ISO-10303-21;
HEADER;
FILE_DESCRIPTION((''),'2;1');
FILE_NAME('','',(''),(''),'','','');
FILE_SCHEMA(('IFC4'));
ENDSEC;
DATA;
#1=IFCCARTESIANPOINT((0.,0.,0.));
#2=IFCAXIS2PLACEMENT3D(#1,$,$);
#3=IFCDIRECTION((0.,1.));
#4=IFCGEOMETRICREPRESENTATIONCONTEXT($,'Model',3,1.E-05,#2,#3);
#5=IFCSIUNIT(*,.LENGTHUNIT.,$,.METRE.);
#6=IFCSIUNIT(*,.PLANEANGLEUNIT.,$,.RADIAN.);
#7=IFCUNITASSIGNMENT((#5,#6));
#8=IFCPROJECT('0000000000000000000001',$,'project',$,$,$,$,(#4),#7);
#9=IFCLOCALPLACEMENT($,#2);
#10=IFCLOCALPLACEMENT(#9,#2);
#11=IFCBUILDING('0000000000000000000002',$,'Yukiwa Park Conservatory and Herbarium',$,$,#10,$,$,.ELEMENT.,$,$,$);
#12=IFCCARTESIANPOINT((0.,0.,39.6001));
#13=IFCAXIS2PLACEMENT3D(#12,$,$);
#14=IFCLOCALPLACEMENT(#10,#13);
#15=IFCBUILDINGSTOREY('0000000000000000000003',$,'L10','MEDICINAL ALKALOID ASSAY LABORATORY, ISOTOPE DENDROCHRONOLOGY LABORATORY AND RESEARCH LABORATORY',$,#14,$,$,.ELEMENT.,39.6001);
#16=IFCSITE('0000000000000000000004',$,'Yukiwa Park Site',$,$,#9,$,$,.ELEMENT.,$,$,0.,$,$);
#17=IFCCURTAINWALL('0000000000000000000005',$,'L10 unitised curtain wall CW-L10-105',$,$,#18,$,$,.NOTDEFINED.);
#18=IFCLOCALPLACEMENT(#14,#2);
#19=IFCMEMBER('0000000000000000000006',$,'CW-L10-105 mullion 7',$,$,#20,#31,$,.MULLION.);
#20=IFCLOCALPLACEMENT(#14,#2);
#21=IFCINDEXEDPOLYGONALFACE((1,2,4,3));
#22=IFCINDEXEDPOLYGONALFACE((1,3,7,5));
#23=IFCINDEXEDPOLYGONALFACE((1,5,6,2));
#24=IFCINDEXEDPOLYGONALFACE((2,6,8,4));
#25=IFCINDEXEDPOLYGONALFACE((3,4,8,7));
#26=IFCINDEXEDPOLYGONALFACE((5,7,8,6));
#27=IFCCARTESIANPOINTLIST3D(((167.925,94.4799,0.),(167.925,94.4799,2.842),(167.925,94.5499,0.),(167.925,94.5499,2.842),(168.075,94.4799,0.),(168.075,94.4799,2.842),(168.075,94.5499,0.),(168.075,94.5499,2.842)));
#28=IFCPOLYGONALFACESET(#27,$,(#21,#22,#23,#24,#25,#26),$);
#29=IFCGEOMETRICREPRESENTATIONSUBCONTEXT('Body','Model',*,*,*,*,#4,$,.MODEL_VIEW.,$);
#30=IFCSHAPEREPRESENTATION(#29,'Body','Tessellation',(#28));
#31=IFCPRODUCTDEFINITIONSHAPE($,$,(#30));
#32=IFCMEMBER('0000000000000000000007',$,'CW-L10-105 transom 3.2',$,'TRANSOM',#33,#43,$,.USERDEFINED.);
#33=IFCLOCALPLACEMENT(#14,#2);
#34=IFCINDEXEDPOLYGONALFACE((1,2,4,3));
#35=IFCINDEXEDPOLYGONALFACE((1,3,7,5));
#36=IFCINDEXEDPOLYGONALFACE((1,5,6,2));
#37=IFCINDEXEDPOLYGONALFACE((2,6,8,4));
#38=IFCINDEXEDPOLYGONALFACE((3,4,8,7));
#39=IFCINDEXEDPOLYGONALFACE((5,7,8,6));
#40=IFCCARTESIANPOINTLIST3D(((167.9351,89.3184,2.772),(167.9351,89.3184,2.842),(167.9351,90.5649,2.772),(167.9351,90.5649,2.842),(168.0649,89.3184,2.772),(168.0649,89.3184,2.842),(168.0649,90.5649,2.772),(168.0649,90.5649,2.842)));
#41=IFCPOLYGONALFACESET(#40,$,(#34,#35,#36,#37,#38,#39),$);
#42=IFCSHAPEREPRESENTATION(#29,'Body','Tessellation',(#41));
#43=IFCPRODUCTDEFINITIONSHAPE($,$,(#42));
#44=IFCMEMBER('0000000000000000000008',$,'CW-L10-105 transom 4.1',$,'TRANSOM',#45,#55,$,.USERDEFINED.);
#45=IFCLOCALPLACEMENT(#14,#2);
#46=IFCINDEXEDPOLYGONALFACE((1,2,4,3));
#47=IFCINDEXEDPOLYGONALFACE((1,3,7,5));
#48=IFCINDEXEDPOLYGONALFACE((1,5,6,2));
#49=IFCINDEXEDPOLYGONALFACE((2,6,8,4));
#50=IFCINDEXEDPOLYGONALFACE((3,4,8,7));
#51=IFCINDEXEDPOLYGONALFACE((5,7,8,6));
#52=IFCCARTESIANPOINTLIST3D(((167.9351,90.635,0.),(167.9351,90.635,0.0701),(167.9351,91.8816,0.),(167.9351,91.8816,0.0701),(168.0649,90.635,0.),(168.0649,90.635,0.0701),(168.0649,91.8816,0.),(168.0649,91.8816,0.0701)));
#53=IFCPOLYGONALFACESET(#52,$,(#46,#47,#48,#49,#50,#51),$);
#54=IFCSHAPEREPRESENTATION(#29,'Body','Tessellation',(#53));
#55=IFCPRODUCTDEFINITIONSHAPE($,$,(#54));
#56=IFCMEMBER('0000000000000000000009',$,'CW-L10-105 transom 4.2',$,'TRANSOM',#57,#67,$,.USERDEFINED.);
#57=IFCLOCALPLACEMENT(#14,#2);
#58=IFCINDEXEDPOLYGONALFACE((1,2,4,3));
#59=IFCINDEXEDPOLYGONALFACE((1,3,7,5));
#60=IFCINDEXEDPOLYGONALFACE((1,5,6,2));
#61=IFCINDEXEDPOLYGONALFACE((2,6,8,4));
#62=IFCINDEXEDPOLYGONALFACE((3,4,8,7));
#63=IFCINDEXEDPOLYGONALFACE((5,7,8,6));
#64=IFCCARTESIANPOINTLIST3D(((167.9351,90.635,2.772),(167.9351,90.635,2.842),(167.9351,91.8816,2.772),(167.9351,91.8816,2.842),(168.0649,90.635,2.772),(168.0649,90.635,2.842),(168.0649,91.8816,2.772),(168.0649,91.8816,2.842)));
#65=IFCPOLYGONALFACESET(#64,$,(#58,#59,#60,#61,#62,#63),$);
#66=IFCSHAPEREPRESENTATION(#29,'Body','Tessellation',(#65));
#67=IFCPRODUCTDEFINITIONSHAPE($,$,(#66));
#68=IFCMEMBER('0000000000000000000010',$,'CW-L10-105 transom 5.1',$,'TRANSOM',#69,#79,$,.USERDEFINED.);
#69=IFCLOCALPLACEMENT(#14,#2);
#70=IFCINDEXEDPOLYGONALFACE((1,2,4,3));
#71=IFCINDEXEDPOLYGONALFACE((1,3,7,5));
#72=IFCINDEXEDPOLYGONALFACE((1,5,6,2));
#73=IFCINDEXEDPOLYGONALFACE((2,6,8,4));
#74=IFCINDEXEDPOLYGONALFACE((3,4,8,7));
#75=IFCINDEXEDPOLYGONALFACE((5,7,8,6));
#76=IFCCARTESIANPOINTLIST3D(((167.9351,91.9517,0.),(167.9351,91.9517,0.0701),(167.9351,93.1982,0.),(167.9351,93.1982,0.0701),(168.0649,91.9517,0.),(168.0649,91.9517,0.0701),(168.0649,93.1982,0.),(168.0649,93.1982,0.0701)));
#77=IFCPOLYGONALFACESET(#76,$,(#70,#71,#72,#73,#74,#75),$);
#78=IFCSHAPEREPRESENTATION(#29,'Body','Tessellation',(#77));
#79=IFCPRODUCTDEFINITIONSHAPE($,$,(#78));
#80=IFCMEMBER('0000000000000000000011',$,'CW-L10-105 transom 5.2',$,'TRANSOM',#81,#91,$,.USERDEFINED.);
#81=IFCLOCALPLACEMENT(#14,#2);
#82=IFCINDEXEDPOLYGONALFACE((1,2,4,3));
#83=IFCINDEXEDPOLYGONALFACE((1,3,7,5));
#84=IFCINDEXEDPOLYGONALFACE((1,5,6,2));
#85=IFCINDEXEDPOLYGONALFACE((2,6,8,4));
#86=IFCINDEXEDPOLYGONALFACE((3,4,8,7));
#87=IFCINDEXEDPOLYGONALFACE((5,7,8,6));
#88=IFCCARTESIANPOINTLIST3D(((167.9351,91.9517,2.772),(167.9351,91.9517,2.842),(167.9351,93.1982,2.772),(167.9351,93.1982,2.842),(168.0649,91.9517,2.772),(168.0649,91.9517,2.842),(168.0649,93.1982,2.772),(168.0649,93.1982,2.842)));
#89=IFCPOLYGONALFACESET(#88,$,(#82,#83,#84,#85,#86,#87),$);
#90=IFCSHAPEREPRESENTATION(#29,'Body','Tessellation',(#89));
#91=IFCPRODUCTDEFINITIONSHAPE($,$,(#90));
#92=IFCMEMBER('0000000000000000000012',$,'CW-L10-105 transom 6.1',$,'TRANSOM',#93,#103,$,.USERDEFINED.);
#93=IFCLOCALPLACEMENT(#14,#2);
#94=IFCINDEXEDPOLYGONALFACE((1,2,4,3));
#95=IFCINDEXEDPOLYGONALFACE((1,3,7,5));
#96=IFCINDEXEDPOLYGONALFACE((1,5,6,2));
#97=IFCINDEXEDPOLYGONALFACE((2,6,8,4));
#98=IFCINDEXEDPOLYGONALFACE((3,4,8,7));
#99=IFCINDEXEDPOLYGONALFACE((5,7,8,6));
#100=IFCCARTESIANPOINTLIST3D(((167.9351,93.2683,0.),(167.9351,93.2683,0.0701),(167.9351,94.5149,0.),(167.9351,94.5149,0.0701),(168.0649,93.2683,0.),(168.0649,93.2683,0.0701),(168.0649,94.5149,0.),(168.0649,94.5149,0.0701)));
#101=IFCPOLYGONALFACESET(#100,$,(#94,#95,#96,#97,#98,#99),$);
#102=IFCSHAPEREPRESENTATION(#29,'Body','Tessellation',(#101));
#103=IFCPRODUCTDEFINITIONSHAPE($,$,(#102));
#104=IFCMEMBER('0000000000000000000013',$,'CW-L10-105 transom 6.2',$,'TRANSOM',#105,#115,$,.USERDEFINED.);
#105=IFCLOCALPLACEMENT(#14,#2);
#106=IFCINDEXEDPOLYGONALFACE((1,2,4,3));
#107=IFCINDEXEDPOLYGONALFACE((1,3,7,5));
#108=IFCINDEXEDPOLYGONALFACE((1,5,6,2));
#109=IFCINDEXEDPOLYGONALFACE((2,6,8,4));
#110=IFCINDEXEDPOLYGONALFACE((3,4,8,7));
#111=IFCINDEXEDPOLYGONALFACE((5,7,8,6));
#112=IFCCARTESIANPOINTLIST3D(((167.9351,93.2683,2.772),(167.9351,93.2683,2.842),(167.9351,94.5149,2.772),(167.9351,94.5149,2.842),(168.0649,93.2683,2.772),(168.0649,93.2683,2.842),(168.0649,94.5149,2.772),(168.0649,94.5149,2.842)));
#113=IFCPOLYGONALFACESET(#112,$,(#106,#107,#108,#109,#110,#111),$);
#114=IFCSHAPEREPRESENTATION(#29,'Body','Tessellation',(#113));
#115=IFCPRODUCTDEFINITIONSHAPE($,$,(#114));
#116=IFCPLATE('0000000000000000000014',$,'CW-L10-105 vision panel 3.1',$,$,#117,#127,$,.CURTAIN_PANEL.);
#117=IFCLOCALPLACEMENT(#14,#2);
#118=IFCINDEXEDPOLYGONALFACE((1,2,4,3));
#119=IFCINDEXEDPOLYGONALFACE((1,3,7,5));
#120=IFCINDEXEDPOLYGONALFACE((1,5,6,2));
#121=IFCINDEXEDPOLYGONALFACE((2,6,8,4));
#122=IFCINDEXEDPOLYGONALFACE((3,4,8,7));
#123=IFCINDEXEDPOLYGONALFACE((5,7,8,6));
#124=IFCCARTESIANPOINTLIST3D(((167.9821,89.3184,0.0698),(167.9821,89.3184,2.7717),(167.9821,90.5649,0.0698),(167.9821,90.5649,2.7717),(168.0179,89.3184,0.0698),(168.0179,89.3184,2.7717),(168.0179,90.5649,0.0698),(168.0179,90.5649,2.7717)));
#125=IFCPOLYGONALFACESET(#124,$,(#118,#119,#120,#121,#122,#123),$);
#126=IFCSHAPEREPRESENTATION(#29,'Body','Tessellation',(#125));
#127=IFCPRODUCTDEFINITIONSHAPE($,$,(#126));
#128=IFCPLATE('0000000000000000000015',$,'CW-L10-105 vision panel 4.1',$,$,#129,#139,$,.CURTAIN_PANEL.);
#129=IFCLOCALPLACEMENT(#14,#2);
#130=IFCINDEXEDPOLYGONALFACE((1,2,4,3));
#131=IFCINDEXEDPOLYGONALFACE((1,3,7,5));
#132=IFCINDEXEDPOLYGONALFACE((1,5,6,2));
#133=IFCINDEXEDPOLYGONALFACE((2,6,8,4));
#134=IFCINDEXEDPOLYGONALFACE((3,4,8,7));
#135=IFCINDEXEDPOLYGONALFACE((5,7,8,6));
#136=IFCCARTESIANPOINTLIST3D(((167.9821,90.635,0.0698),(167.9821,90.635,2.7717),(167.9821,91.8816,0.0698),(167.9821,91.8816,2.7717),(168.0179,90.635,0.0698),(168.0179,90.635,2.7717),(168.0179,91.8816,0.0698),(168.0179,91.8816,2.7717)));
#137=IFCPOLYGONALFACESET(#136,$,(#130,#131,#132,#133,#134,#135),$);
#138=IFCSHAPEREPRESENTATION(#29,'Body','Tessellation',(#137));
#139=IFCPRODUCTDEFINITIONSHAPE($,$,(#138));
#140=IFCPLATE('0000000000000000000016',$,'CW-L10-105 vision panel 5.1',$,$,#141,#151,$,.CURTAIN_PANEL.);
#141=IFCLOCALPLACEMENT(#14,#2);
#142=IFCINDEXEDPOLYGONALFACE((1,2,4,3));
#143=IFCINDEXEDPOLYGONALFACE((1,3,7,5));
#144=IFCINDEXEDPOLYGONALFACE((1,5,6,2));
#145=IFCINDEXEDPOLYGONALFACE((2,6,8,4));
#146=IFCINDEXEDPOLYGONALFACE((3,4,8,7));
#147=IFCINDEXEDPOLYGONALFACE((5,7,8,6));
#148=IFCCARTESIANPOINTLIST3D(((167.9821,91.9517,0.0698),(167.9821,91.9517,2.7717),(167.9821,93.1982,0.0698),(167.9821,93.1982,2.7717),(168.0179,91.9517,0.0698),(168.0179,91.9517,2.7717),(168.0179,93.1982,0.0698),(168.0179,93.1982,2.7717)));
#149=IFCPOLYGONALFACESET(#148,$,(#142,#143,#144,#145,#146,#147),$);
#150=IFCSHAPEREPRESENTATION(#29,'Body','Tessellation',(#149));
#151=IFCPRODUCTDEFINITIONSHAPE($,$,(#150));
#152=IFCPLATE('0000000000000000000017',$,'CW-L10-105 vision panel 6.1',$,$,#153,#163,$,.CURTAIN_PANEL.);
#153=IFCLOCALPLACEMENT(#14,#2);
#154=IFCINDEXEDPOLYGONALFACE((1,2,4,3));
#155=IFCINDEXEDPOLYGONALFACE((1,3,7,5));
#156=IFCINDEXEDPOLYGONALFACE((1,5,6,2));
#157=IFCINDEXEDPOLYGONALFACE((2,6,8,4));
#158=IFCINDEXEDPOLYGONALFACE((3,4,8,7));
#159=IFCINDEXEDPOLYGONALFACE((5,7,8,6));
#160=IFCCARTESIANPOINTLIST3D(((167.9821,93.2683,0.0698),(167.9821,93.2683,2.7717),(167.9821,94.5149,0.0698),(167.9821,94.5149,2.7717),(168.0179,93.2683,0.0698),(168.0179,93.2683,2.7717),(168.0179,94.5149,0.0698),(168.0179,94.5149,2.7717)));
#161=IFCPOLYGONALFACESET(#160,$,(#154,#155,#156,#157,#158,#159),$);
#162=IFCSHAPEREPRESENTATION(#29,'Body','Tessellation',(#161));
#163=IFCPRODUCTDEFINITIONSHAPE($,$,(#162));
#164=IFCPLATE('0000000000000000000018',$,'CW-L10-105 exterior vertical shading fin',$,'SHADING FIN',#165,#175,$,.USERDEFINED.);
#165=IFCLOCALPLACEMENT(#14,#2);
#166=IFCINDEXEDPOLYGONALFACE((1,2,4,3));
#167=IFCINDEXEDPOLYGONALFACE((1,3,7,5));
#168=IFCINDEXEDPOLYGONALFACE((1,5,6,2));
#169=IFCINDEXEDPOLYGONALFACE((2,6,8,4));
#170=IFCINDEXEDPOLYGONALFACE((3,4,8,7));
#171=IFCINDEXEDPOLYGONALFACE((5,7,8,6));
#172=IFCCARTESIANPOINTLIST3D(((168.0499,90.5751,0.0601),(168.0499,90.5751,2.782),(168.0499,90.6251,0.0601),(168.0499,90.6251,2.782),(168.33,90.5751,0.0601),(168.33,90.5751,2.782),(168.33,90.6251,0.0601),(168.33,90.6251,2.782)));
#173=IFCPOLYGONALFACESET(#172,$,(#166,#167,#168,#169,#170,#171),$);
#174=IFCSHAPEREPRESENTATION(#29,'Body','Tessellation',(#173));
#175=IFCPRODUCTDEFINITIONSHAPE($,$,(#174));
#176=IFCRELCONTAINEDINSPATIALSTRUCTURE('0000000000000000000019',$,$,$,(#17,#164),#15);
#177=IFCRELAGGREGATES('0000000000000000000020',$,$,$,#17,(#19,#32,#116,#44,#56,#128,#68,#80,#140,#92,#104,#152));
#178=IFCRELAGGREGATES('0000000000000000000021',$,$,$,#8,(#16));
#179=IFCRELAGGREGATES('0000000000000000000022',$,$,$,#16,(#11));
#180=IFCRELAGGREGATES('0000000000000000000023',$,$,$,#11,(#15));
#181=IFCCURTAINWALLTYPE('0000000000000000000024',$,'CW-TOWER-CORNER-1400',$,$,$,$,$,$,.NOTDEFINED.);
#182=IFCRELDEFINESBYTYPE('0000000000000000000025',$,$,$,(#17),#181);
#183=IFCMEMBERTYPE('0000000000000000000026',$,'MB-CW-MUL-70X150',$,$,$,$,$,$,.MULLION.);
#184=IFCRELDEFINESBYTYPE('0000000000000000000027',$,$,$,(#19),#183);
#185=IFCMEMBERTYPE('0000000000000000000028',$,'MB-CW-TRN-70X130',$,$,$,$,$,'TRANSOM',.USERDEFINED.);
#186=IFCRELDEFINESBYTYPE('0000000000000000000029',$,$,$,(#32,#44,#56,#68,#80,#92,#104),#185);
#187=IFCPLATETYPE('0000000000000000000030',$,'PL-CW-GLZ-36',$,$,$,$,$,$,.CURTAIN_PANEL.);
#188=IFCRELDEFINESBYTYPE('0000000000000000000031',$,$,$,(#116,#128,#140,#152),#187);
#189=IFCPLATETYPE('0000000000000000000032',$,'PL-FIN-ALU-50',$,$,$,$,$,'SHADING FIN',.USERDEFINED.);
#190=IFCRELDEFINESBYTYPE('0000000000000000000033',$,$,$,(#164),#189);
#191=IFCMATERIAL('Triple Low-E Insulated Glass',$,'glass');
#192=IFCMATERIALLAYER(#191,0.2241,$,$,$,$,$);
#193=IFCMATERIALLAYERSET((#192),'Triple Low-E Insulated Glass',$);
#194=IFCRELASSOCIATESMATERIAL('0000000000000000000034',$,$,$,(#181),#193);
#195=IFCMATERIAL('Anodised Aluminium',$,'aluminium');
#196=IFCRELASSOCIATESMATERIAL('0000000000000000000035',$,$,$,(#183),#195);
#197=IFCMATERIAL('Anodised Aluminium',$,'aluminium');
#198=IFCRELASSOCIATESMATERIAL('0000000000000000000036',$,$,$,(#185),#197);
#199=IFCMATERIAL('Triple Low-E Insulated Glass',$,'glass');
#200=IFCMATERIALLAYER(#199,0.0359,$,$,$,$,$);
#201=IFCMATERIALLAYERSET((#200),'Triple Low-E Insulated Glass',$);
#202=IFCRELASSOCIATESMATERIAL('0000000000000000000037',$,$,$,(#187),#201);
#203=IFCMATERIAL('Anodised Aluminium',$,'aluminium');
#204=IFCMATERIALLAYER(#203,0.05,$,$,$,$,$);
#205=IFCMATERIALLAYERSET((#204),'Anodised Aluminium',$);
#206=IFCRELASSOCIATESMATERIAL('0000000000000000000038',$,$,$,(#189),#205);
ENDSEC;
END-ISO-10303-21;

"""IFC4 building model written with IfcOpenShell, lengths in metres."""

from ifc_helpers import new_model, si_unit, direction, frame, origin, origin_2d, place, context, subcontext, project, spatial, rectangle, extrude, material, layer, layer_set, type_object, element, aggregate, save


model = new_model("IFC4")

# Units and contexts
model_context = context("Model", 3, precision=1e-05, world=origin(), true_north=direction((0.0, 1.0)))
body_context = subcontext(model_context, "Body", "Model", "MODEL_VIEW")
ifc_project = project(units=[si_unit("LENGTHUNIT", "METRE"), si_unit("PLANEANGLEUNIT", "RADIAN")], contexts=[model_context])

# Site, building, storey
site_placement = place(None, origin())
site = spatial("IfcSite", under=ifc_project, at=site_placement, Name="Yukiwa Park Site", CompositionType="ELEMENT", RefElevation=0.0)
building_placement = place(site_placement, origin())
building = spatial("IfcBuilding", under=site, at=building_placement, Name="Yukiwa Park Conservatory and Herbarium", CompositionType="ELEMENT")
storey_placement = place(building_placement, frame((0.0, 0.0, 39.6001)))
storey = spatial("IfcBuildingStorey", under=building, at=storey_placement, Name="L10", Description="MEDICINAL ALKALOID ASSAY LABORATORY, ISOTOPE DENDROCHRONOLOGY LABORATORY AND RESEARCH LABORATORY", CompositionType="ELEMENT", Elevation=39.6001)

# Curtain wall, members, plates
ifc_material_1 = material(Name="Triple Low-E Insulated Glass", Category="glass")
ifc_layer_1 = layer(ifc_material_1, 0.2241)
ifc_layer_set_1 = layer_set([ifc_layer_1], Name="Triple Low-E Insulated Glass")
curtain_wall_type = type_object("IfcCurtainWallType", Name="CW-TOWER-CORNER-1400", PredefinedType="NOTDEFINED", material=ifc_layer_set_1)
curtain_wall_placement = place(storey_placement, origin())
curtain_wall = element("IfcCurtainWall", 1, at=curtain_wall_placement, inside=storey, type_object=curtain_wall_type, Name="L10 unitised curtain wall CW-L10-105", PredefinedType="NOTDEFINED")
ifc_material_2 = material(Name="Anodised Aluminium", Category="aluminium")
member_type_1 = type_object("IfcMemberType", Name="MB-CW-MUL-70X150", PredefinedType="MULLION", material=ifc_material_2)
member_1_placement = place(storey_placement, frame((168.0, 94.5149, 0.0), z_axis=(0.0, 0.0, 1.0), x_axis=(0.0, 1.0, 0.0)))
member_1 = element("IfcMember", 2, at=member_1_placement, type_object=member_type_1, Name="CW-L10-105 mullion 7", PredefinedType="MULLION", context=body_context, shape_type="SweptSolid", body=[
    extrude(rectangle(XDim=0.0701, YDim=0.1499, at=origin_2d()), origin(), (0.0, 0.0, 1.0), 2.842),
])
ifc_material_3 = material(Name="Anodised Aluminium", Category="aluminium")
member_type_2 = type_object("IfcMemberType", Name="MB-CW-TRN-70X130", ElementType="TRANSOM", PredefinedType="USERDEFINED", material=ifc_material_3)
member_2_placement = place(storey_placement, frame((168.0, 89.9417, 2.772), z_axis=(0.0, 0.0, 1.0), x_axis=(0.0, 1.0, 0.0)))
member_2 = element("IfcMember", 3, at=member_2_placement, type_object=member_type_2, Name="CW-L10-105 transom 3.2", ObjectType="TRANSOM", PredefinedType="USERDEFINED", context=body_context, shape_type="SweptSolid", body=[
    extrude(rectangle(XDim=1.2466, YDim=0.1299, at=origin_2d()), origin(), (0.0, 0.0, 1.0), 0.0701),
])
member_3_placement = place(storey_placement, frame((168.0, 91.2583, 0.0), z_axis=(0.0, 0.0, 1.0), x_axis=(0.0, 1.0, 0.0)))
member_3 = element("IfcMember", 4, at=member_3_placement, type_object=member_type_2, Name="CW-L10-105 transom 4.1", ObjectType="TRANSOM", PredefinedType="USERDEFINED", context=body_context, shape_type="SweptSolid", body=[
    extrude(rectangle(XDim=1.2466, YDim=0.1299, at=origin_2d()), origin(), (0.0, 0.0, 1.0), 0.0701),
])
member_4_placement = place(storey_placement, frame((168.0, 91.2583, 2.772), z_axis=(0.0, 0.0, 1.0), x_axis=(0.0, 1.0, 0.0)))
member_4 = element("IfcMember", 5, at=member_4_placement, type_object=member_type_2, Name="CW-L10-105 transom 4.2", ObjectType="TRANSOM", PredefinedType="USERDEFINED", context=body_context, shape_type="SweptSolid", body=[
    extrude(rectangle(XDim=1.2466, YDim=0.1299, at=origin_2d()), origin(), (0.0, 0.0, 1.0), 0.0701),
])
member_5_placement = place(storey_placement, frame((168.0, 92.575, 0.0), z_axis=(0.0, 0.0, 1.0), x_axis=(0.0, 1.0, 0.0)))
member_5 = element("IfcMember", 6, at=member_5_placement, type_object=member_type_2, Name="CW-L10-105 transom 5.1", ObjectType="TRANSOM", PredefinedType="USERDEFINED", context=body_context, shape_type="SweptSolid", body=[
    extrude(rectangle(XDim=1.2466, YDim=0.1299, at=origin_2d()), origin(), (0.0, 0.0, 1.0), 0.0701),
])
member_6_placement = place(storey_placement, frame((168.0, 92.575, 2.772), z_axis=(0.0, 0.0, 1.0), x_axis=(0.0, 1.0, 0.0)))
member_6 = element("IfcMember", 7, at=member_6_placement, type_object=member_type_2, Name="CW-L10-105 transom 5.2", ObjectType="TRANSOM", PredefinedType="USERDEFINED", context=body_context, shape_type="SweptSolid", body=[
    extrude(rectangle(XDim=1.2466, YDim=0.1299, at=origin_2d()), origin(), (0.0, 0.0, 1.0), 0.0701),
])
member_7_placement = place(storey_placement, frame((168.0, 93.8916, 0.0), z_axis=(0.0, 0.0, 1.0), x_axis=(0.0, 1.0, 0.0)))
member_7 = element("IfcMember", 8, at=member_7_placement, type_object=member_type_2, Name="CW-L10-105 transom 6.1", ObjectType="TRANSOM", PredefinedType="USERDEFINED", context=body_context, shape_type="SweptSolid", body=[
    extrude(rectangle(XDim=1.2466, YDim=0.1299, at=origin_2d()), origin(), (0.0, 0.0, 1.0), 0.0701),
])
member_8_placement = place(storey_placement, frame((168.0, 93.8916, 2.772), z_axis=(0.0, 0.0, 1.0), x_axis=(0.0, 1.0, 0.0)))
member_8 = element("IfcMember", 9, at=member_8_placement, type_object=member_type_2, Name="CW-L10-105 transom 6.2", ObjectType="TRANSOM", PredefinedType="USERDEFINED", context=body_context, shape_type="SweptSolid", body=[
    extrude(rectangle(XDim=1.2466, YDim=0.1299, at=origin_2d()), origin(), (0.0, 0.0, 1.0), 0.0701),
])
ifc_material_4 = material(Name="Triple Low-E Insulated Glass", Category="glass")
ifc_layer_2 = layer(ifc_material_4, 0.0359)
ifc_layer_set_2 = layer_set([ifc_layer_2], Name="Triple Low-E Insulated Glass")
plate_type_1 = type_object("IfcPlateType", Name="PL-CW-GLZ-36", PredefinedType="CURTAIN_PANEL", material=ifc_layer_set_2)
plate_1_placement = place(storey_placement, frame((168.0, 89.9417, 0.0698), z_axis=(0.0, 0.0, 1.0), x_axis=(0.0, 1.0, 0.0)))
plate_1 = element("IfcPlate", 10, at=plate_1_placement, type_object=plate_type_1, Name="CW-L10-105 vision panel 3.1", PredefinedType="CURTAIN_PANEL", context=body_context, shape_type="SweptSolid", body=[
    extrude(rectangle(XDim=1.2466, YDim=0.0359, at=origin_2d()), origin(), (0.0, 0.0, 1.0), 2.7019),
])
plate_2_placement = place(storey_placement, frame((168.0, 91.2583, 0.0698), z_axis=(0.0, 0.0, 1.0), x_axis=(0.0, 1.0, 0.0)))
plate_2 = element("IfcPlate", 11, at=plate_2_placement, type_object=plate_type_1, Name="CW-L10-105 vision panel 4.1", PredefinedType="CURTAIN_PANEL", context=body_context, shape_type="SweptSolid", body=[
    extrude(rectangle(XDim=1.2466, YDim=0.0359, at=origin_2d()), origin(), (0.0, 0.0, 1.0), 2.7019),
])
plate_3_placement = place(storey_placement, frame((168.0, 92.575, 0.0698), z_axis=(0.0, 0.0, 1.0), x_axis=(0.0, 1.0, 0.0)))
plate_3 = element("IfcPlate", 12, at=plate_3_placement, type_object=plate_type_1, Name="CW-L10-105 vision panel 5.1", PredefinedType="CURTAIN_PANEL", context=body_context, shape_type="SweptSolid", body=[
    extrude(rectangle(XDim=1.2466, YDim=0.0359, at=origin_2d()), origin(), (0.0, 0.0, 1.0), 2.7019),
])
plate_4_placement = place(storey_placement, frame((168.0, 93.8916, 0.0698), z_axis=(0.0, 0.0, 1.0), x_axis=(0.0, 1.0, 0.0)))
plate_4 = element("IfcPlate", 13, at=plate_4_placement, type_object=plate_type_1, Name="CW-L10-105 vision panel 6.1", PredefinedType="CURTAIN_PANEL", context=body_context, shape_type="SweptSolid", body=[
    extrude(rectangle(XDim=1.2466, YDim=0.0359, at=origin_2d()), origin(), (0.0, 0.0, 1.0), 2.7019),
])
aggregate(curtain_wall, [member_1, member_2, plate_1, member_3, member_4, plate_2, member_5, member_6, plate_3, member_7, member_8, plate_4])

# Plate
ifc_material_5 = material(Name="Anodised Aluminium", Category="aluminium")
ifc_layer_3 = layer(ifc_material_5, 0.05)
ifc_layer_set_3 = layer_set([ifc_layer_3], Name="Anodised Aluminium")
plate_type_2 = type_object("IfcPlateType", Name="PL-FIN-ALU-50", ElementType="SHADING FIN", PredefinedType="USERDEFINED", material=ifc_layer_set_3)
plate_5_placement = place(storey_placement, frame((168.1899, 90.6001, 0.0601), z_axis=(0.0, 0.0, 1.0), x_axis=(0.0, 1.0, 0.0)))
element("IfcPlate", 14, at=plate_5_placement, inside=storey, type_object=plate_type_2, Name="CW-L10-105 exterior vertical shading fin", ObjectType="SHADING FIN", PredefinedType="USERDEFINED", context=body_context, shape_type="SweptSolid", body=[
    extrude(rectangle(XDim=0.05, YDim=0.28, at=origin_2d()), origin(), (0.0, 0.0, 1.0), 2.7219),
])

save(model, "model.ifc")
